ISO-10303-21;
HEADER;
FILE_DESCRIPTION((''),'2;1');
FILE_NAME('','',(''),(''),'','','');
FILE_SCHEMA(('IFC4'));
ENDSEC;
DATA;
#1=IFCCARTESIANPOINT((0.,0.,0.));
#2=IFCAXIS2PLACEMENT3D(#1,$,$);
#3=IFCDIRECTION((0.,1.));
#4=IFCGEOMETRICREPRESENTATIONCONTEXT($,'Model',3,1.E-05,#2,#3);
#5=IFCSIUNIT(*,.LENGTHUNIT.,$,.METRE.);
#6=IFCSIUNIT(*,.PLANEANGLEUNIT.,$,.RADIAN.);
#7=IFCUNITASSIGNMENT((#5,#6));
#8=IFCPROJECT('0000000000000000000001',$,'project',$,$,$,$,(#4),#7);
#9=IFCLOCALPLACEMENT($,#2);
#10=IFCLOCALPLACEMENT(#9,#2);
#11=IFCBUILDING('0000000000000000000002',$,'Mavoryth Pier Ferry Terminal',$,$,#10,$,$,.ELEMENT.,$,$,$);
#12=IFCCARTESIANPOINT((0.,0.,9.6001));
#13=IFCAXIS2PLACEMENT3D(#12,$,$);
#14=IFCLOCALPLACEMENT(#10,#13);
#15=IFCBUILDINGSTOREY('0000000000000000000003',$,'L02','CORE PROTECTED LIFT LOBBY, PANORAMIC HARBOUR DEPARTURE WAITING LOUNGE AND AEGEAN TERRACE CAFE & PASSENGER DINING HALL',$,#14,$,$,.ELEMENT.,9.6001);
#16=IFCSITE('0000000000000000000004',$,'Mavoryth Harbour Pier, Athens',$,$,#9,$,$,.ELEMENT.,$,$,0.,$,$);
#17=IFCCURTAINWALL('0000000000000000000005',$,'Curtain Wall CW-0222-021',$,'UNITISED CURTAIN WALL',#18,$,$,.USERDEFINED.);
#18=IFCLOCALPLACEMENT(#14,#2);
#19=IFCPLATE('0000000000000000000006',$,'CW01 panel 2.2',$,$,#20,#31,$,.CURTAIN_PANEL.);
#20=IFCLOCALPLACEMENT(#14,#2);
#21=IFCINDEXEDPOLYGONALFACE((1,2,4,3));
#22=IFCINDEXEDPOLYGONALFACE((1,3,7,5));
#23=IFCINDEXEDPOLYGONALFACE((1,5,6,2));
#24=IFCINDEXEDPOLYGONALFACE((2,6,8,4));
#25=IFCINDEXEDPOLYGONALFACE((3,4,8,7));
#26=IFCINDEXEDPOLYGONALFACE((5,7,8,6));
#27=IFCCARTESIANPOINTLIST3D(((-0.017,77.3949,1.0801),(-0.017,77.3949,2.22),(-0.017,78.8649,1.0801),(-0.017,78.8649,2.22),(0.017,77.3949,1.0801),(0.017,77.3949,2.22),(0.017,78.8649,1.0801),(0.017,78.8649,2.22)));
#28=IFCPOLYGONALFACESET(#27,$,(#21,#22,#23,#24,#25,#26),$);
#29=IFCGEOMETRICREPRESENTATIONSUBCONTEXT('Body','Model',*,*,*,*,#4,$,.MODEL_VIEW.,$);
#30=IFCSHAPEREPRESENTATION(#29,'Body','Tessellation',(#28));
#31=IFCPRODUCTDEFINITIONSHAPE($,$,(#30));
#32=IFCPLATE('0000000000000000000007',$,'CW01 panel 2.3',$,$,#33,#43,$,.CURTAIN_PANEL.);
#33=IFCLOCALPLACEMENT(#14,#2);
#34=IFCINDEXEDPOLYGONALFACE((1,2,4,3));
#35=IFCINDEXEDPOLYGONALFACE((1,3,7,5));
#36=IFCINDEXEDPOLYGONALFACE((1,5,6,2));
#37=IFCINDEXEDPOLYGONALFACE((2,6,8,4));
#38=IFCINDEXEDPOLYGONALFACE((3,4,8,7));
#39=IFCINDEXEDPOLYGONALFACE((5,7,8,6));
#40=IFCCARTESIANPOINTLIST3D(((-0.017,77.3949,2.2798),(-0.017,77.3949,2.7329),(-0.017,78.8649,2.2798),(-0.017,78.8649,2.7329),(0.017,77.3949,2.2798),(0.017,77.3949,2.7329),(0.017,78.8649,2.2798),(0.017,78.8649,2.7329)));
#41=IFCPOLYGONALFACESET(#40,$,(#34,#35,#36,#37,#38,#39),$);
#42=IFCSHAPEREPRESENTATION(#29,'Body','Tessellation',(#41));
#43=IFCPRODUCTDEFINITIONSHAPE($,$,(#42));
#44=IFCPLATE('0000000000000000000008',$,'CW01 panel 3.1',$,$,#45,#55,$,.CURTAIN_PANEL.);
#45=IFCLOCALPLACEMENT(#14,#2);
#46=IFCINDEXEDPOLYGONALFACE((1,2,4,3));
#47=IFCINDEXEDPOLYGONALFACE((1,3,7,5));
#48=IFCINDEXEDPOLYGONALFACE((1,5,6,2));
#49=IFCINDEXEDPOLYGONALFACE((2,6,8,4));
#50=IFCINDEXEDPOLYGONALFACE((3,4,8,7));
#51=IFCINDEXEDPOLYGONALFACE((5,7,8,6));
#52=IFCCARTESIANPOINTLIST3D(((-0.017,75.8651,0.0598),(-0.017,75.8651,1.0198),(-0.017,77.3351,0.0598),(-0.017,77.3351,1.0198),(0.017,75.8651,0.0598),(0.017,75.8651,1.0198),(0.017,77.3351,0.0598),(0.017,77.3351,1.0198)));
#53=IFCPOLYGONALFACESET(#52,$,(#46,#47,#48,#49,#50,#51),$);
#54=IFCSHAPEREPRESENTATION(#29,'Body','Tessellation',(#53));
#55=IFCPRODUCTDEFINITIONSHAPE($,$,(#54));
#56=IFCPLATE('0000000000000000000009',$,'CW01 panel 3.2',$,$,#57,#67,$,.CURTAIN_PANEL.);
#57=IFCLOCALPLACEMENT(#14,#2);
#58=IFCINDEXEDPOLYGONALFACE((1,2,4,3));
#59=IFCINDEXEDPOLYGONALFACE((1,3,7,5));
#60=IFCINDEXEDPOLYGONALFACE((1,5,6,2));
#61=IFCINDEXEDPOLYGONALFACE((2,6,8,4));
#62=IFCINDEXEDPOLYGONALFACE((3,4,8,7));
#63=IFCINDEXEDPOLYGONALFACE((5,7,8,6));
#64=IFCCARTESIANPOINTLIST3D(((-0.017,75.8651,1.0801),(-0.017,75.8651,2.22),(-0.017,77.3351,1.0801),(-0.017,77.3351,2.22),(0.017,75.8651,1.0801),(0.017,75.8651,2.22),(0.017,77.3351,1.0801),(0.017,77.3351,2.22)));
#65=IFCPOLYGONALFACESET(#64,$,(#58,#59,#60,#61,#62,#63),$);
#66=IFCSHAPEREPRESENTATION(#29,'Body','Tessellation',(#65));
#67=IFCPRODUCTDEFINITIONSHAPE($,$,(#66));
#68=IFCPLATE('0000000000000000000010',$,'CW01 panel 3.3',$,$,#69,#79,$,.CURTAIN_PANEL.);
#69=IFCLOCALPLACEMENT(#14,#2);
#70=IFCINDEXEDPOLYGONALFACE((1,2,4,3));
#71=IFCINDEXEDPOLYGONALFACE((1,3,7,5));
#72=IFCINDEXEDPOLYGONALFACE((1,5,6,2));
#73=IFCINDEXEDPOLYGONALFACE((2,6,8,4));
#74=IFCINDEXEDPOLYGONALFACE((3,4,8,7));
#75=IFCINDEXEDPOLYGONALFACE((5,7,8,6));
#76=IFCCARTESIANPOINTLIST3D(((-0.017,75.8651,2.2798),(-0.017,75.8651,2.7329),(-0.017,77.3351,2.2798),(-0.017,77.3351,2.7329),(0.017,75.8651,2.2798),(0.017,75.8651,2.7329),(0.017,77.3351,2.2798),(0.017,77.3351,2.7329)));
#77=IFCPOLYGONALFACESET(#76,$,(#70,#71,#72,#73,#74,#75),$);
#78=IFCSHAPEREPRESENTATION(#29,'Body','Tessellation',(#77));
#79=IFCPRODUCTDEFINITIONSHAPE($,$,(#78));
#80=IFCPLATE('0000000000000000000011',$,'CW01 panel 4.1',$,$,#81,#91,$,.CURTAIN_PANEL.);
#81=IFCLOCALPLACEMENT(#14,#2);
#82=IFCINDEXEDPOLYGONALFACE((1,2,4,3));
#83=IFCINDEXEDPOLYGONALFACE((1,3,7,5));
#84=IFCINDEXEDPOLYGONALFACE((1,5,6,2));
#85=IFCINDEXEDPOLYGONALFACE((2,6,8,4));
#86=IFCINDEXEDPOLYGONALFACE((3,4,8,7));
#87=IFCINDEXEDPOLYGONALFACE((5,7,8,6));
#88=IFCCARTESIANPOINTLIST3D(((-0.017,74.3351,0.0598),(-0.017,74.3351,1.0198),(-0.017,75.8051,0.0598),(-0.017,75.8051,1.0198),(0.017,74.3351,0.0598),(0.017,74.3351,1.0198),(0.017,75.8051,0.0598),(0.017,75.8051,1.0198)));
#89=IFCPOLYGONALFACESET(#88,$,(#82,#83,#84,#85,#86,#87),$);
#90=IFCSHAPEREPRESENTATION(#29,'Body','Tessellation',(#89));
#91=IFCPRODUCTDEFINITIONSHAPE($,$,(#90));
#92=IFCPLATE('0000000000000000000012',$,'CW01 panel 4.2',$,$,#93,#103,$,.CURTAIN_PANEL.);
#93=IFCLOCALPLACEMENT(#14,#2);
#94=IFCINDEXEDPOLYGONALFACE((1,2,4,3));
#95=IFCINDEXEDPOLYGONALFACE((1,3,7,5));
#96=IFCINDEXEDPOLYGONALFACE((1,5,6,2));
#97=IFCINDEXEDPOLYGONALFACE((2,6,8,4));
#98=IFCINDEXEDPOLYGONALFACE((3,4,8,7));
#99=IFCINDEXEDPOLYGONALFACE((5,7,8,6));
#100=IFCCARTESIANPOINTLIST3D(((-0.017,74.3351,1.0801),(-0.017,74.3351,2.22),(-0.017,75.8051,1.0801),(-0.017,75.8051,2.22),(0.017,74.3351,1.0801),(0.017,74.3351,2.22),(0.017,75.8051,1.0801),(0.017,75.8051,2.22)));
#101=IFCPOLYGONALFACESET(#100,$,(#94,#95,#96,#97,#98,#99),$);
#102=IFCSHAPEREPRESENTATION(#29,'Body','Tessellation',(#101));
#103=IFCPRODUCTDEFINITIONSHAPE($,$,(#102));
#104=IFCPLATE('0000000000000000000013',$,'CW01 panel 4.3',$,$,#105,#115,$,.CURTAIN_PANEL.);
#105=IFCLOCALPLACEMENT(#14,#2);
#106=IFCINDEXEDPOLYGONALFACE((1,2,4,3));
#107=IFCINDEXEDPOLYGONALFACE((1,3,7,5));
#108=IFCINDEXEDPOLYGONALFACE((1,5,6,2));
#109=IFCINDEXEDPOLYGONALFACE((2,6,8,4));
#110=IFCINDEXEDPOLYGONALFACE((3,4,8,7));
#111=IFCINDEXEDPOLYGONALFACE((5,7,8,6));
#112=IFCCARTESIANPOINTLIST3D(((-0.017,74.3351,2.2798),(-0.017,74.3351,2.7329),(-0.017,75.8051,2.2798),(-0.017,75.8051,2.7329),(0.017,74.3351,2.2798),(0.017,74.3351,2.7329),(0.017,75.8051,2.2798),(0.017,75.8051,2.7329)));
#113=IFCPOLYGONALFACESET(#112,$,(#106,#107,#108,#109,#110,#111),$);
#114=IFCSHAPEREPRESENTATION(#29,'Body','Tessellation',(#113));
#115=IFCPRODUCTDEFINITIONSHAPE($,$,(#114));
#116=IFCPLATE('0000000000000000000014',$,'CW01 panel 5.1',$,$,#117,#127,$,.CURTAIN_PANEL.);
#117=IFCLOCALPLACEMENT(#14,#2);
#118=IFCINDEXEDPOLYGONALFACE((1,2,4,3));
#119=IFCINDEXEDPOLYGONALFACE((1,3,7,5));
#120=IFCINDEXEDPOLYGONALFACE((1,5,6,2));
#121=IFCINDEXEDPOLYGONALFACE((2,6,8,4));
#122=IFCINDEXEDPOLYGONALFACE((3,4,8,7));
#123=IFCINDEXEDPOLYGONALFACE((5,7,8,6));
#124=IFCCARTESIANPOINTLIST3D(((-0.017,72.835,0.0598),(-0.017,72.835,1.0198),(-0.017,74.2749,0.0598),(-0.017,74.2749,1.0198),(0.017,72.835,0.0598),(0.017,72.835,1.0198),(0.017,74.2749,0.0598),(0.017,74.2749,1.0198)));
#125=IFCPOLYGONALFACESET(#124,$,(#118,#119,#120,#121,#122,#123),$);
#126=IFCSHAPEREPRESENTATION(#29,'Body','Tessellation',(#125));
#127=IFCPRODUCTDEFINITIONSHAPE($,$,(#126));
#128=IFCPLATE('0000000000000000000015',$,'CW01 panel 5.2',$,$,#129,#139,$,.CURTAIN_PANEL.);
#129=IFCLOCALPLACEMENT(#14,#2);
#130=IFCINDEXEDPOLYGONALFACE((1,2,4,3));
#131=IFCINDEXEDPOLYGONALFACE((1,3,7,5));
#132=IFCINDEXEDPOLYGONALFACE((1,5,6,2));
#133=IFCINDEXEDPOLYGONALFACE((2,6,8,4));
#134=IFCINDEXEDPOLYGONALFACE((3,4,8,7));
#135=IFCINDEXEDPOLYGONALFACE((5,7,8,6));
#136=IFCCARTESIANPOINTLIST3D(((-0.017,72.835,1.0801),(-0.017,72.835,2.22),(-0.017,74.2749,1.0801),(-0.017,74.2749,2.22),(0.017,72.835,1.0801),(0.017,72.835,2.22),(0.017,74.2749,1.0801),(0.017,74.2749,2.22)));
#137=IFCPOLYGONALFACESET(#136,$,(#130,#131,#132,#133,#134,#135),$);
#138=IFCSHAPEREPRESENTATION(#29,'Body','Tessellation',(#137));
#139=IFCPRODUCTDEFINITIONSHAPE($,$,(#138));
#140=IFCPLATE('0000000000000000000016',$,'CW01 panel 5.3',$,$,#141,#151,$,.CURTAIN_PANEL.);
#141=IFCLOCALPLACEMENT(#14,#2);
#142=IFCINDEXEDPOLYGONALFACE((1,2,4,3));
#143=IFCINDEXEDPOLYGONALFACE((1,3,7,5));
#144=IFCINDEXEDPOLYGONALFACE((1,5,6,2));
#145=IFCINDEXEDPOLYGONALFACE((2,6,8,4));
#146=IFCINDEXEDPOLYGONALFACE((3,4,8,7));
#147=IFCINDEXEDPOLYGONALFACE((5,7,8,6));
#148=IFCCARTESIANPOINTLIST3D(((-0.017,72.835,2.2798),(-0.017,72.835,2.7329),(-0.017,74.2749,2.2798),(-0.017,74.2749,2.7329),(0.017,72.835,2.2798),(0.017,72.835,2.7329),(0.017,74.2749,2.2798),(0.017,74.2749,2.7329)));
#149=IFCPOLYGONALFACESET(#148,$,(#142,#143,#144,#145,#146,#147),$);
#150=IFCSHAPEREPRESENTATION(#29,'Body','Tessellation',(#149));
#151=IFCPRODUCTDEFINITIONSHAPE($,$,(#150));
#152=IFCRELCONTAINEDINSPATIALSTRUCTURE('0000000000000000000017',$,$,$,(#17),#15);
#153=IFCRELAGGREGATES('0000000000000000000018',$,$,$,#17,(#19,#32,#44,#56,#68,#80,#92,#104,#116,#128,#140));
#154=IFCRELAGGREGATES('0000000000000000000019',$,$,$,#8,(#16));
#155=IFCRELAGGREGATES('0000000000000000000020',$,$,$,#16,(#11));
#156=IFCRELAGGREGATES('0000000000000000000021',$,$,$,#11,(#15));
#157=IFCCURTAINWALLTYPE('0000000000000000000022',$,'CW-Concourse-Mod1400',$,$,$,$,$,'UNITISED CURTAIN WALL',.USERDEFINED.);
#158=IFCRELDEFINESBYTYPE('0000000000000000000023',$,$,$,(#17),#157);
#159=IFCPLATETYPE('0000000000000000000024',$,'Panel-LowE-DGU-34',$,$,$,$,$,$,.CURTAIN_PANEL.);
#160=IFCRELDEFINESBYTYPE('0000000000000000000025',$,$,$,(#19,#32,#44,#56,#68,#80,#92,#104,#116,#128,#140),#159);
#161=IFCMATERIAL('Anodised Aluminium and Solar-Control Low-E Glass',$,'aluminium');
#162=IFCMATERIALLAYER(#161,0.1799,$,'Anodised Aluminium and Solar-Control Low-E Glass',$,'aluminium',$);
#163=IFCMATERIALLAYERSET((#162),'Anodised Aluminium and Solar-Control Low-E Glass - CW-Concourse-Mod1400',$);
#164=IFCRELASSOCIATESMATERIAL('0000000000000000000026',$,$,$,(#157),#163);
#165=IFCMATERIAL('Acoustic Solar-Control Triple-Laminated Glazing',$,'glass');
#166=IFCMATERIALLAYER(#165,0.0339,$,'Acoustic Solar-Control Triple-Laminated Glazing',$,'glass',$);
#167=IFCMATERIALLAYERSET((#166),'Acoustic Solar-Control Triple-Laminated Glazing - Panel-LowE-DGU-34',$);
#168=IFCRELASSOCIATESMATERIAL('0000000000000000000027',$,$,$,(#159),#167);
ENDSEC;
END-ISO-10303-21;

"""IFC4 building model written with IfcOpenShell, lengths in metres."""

from ifc_helpers import new_model, si_unit, direction, frame, origin, origin_2d, place, context, subcontext, project, spatial, rectangle, extrude, material, layer, layer_set, type_object, element, aggregate, save


model = new_model("IFC4")

# Units and contexts
model_context = context("Model", 3, precision=1e-05, world=origin(), true_north=direction((0.0, 1.0)))
body_context = subcontext(model_context, "Body", "Model", "MODEL_VIEW")
ifc_project = project(units=[si_unit("LENGTHUNIT", "METRE"), si_unit("PLANEANGLEUNIT", "RADIAN")], contexts=[model_context])

# Site, building, storey
site_placement = place(None, origin())
site = spatial("IfcSite", under=ifc_project, at=site_placement, Name="Mavoryth Harbour Pier, Athens", CompositionType="ELEMENT", RefElevation=0.0)
building_placement = place(site_placement, origin())
building = spatial("IfcBuilding", under=site, at=building_placement, Name="Mavoryth Pier Ferry Terminal", CompositionType="ELEMENT")
storey_placement = place(building_placement, frame((0.0, 0.0, 9.6001)))
storey = spatial("IfcBuildingStorey", under=building, at=storey_placement, Name="L02", Description="CORE PROTECTED LIFT LOBBY, PANORAMIC HARBOUR DEPARTURE WAITING LOUNGE AND AEGEAN TERRACE CAFE & PASSENGER DINING HALL", CompositionType="ELEMENT", Elevation=9.6001)

# Curtain wall
ifc_material_1 = material(Name="Anodised Aluminium and Solar-Control Low-E Glass", Category="aluminium")
ifc_layer_1 = layer(ifc_material_1, 0.1799, Name="Anodised Aluminium and Solar-Control Low-E Glass", Category="aluminium")
ifc_layer_set_1 = layer_set([ifc_layer_1], Name="Anodised Aluminium and Solar-Control Low-E Glass - CW-Concourse-Mod1400")
curtain_wall_type = type_object("IfcCurtainWallType", Name="CW-Concourse-Mod1400", ElementType="UNITISED CURTAIN WALL", PredefinedType="USERDEFINED", material=ifc_layer_set_1)
curtain_wall_placement = place(storey_placement, origin())
curtain_wall = element("IfcCurtainWall", 1, at=curtain_wall_placement, inside=storey, type_object=curtain_wall_type, Name="Curtain Wall CW-0222-021", ObjectType="UNITISED CURTAIN WALL", PredefinedType="USERDEFINED")

# Plates
ifc_material_2 = material(Name="Acoustic Solar-Control Triple-Laminated Glazing", Category="glass")
ifc_layer_2 = layer(ifc_material_2, 0.0339, Name="Acoustic Solar-Control Triple-Laminated Glazing", Category="glass")
ifc_layer_set_2 = layer_set([ifc_layer_2], Name="Acoustic Solar-Control Triple-Laminated Glazing - Panel-LowE-DGU-34")
plate_type = type_object("IfcPlateType", Name="Panel-LowE-DGU-34", PredefinedType="CURTAIN_PANEL", material=ifc_layer_set_2)
plate_1_placement = place(storey_placement, frame((0.0, 78.1299, 1.0801), z_axis=(0.0, 0.0, 1.0), x_axis=(0.0, -1.0, 0.0)))
plate_1 = element("IfcPlate", 2, at=plate_1_placement, type_object=plate_type, Name="CW01 panel 2.2", PredefinedType="CURTAIN_PANEL", context=body_context, shape_type="SweptSolid", body=[
    extrude(rectangle(XDim=1.47, YDim=0.0339, at=origin_2d()), origin(), (0.0, 0.0, 1.0), 1.1399),
])
plate_2_placement = place(storey_placement, frame((0.0, 78.1299, 2.2798), z_axis=(0.0, 0.0, 1.0), x_axis=(0.0, -1.0, 0.0)))
plate_2 = element("IfcPlate", 3, at=plate_2_placement, type_object=plate_type, Name="CW01 panel 2.3", PredefinedType="CURTAIN_PANEL", context=body_context, shape_type="SweptSolid", body=[
    extrude(rectangle(XDim=1.47, YDim=0.0339, at=origin_2d()), origin(), (0.0, 0.0, 1.0), 0.4531),
])
plate_3_placement = place(storey_placement, frame((0.0, 76.6001, 0.0598), z_axis=(0.0, 0.0, 1.0), x_axis=(0.0, -1.0, 0.0)))
plate_3 = element("IfcPlate", 4, at=plate_3_placement, type_object=plate_type, Name="CW01 panel 3.1", PredefinedType="CURTAIN_PANEL", context=body_context, shape_type="SweptSolid", body=[
    extrude(rectangle(XDim=1.47, YDim=0.0339, at=origin_2d()), origin(), (0.0, 0.0, 1.0), 0.96),
])
plate_4_placement = place(storey_placement, frame((0.0, 76.6001, 1.0801), z_axis=(0.0, 0.0, 1.0), x_axis=(0.0, -1.0, 0.0)))
plate_4 = element("IfcPlate", 5, at=plate_4_placement, type_object=plate_type, Name="CW01 panel 3.2", PredefinedType="CURTAIN_PANEL", context=body_context, shape_type="SweptSolid", body=[
    extrude(rectangle(XDim=1.47, YDim=0.0339, at=origin_2d()), origin(), (0.0, 0.0, 1.0), 1.1399),
])
plate_5_placement = place(storey_placement, frame((0.0, 76.6001, 2.2798), z_axis=(0.0, 0.0, 1.0), x_axis=(0.0, -1.0, 0.0)))
plate_5 = element("IfcPlate", 6, at=plate_5_placement, type_object=plate_type, Name="CW01 panel 3.3", PredefinedType="CURTAIN_PANEL", context=body_context, shape_type="SweptSolid", body=[
    extrude(rectangle(XDim=1.47, YDim=0.0339, at=origin_2d()), origin(), (0.0, 0.0, 1.0), 0.4531),
])
plate_6_placement = place(storey_placement, frame((0.0, 75.0701, 0.0598), z_axis=(0.0, 0.0, 1.0), x_axis=(0.0, -1.0, 0.0)))
plate_6 = element("IfcPlate", 7, at=plate_6_placement, type_object=plate_type, Name="CW01 panel 4.1", PredefinedType="CURTAIN_PANEL", context=body_context, shape_type="SweptSolid", body=[
    extrude(rectangle(XDim=1.47, YDim=0.0339, at=origin_2d()), origin(), (0.0, 0.0, 1.0), 0.96),
])
plate_7_placement = place(storey_placement, frame((0.0, 75.0701, 1.0801), z_axis=(0.0, 0.0, 1.0), x_axis=(0.0, -1.0, 0.0)))
plate_7 = element("IfcPlate", 8, at=plate_7_placement, type_object=plate_type, Name="CW01 panel 4.2", PredefinedType="CURTAIN_PANEL", context=body_context, shape_type="SweptSolid", body=[
    extrude(rectangle(XDim=1.47, YDim=0.0339, at=origin_2d()), origin(), (0.0, 0.0, 1.0), 1.1399),
])
plate_8_placement = place(storey_placement, frame((0.0, 75.0701, 2.2798), z_axis=(0.0, 0.0, 1.0), x_axis=(0.0, -1.0, 0.0)))
plate_8 = element("IfcPlate", 9, at=plate_8_placement, type_object=plate_type, Name="CW01 panel 4.3", PredefinedType="CURTAIN_PANEL", context=body_context, shape_type="SweptSolid", body=[
    extrude(rectangle(XDim=1.47, YDim=0.0339, at=origin_2d()), origin(), (0.0, 0.0, 1.0), 0.4531),
])
plate_9_placement = place(storey_placement, frame((0.0, 73.5549, 0.0598), z_axis=(0.0, 0.0, 1.0), x_axis=(0.0, -1.0, 0.0)))
plate_9 = element("IfcPlate", 10, at=plate_9_placement, type_object=plate_type, Name="CW01 panel 5.1", PredefinedType="CURTAIN_PANEL", context=body_context, shape_type="SweptSolid", body=[
    extrude(rectangle(XDim=1.4399, YDim=0.0339, at=origin_2d()), origin(), (0.0, 0.0, 1.0), 0.96),
])
plate_10_placement = place(storey_placement, frame((0.0, 73.5549, 1.0801), z_axis=(0.0, 0.0, 1.0), x_axis=(0.0, -1.0, 0.0)))
plate_10 = element("IfcPlate", 11, at=plate_10_placement, type_object=plate_type, Name="CW01 panel 5.2", PredefinedType="CURTAIN_PANEL", context=body_context, shape_type="SweptSolid", body=[
    extrude(rectangle(XDim=1.4399, YDim=0.0339, at=origin_2d()), origin(), (0.0, 0.0, 1.0), 1.1399),
])
plate_11_placement = place(storey_placement, frame((0.0, 73.5549, 2.2798), z_axis=(0.0, 0.0, 1.0), x_axis=(0.0, -1.0, 0.0)))
plate_11 = element("IfcPlate", 12, at=plate_11_placement, type_object=plate_type, Name="CW01 panel 5.3", PredefinedType="CURTAIN_PANEL", context=body_context, shape_type="SweptSolid", body=[
    extrude(rectangle(XDim=1.4399, YDim=0.0339, at=origin_2d()), origin(), (0.0, 0.0, 1.0), 0.4531),
])
aggregate(curtain_wall, [plate_1, plate_2, plate_3, plate_4, plate_5, plate_6, plate_7, plate_8, plate_9, plate_10, plate_11])

save(model, "model.ifc")
